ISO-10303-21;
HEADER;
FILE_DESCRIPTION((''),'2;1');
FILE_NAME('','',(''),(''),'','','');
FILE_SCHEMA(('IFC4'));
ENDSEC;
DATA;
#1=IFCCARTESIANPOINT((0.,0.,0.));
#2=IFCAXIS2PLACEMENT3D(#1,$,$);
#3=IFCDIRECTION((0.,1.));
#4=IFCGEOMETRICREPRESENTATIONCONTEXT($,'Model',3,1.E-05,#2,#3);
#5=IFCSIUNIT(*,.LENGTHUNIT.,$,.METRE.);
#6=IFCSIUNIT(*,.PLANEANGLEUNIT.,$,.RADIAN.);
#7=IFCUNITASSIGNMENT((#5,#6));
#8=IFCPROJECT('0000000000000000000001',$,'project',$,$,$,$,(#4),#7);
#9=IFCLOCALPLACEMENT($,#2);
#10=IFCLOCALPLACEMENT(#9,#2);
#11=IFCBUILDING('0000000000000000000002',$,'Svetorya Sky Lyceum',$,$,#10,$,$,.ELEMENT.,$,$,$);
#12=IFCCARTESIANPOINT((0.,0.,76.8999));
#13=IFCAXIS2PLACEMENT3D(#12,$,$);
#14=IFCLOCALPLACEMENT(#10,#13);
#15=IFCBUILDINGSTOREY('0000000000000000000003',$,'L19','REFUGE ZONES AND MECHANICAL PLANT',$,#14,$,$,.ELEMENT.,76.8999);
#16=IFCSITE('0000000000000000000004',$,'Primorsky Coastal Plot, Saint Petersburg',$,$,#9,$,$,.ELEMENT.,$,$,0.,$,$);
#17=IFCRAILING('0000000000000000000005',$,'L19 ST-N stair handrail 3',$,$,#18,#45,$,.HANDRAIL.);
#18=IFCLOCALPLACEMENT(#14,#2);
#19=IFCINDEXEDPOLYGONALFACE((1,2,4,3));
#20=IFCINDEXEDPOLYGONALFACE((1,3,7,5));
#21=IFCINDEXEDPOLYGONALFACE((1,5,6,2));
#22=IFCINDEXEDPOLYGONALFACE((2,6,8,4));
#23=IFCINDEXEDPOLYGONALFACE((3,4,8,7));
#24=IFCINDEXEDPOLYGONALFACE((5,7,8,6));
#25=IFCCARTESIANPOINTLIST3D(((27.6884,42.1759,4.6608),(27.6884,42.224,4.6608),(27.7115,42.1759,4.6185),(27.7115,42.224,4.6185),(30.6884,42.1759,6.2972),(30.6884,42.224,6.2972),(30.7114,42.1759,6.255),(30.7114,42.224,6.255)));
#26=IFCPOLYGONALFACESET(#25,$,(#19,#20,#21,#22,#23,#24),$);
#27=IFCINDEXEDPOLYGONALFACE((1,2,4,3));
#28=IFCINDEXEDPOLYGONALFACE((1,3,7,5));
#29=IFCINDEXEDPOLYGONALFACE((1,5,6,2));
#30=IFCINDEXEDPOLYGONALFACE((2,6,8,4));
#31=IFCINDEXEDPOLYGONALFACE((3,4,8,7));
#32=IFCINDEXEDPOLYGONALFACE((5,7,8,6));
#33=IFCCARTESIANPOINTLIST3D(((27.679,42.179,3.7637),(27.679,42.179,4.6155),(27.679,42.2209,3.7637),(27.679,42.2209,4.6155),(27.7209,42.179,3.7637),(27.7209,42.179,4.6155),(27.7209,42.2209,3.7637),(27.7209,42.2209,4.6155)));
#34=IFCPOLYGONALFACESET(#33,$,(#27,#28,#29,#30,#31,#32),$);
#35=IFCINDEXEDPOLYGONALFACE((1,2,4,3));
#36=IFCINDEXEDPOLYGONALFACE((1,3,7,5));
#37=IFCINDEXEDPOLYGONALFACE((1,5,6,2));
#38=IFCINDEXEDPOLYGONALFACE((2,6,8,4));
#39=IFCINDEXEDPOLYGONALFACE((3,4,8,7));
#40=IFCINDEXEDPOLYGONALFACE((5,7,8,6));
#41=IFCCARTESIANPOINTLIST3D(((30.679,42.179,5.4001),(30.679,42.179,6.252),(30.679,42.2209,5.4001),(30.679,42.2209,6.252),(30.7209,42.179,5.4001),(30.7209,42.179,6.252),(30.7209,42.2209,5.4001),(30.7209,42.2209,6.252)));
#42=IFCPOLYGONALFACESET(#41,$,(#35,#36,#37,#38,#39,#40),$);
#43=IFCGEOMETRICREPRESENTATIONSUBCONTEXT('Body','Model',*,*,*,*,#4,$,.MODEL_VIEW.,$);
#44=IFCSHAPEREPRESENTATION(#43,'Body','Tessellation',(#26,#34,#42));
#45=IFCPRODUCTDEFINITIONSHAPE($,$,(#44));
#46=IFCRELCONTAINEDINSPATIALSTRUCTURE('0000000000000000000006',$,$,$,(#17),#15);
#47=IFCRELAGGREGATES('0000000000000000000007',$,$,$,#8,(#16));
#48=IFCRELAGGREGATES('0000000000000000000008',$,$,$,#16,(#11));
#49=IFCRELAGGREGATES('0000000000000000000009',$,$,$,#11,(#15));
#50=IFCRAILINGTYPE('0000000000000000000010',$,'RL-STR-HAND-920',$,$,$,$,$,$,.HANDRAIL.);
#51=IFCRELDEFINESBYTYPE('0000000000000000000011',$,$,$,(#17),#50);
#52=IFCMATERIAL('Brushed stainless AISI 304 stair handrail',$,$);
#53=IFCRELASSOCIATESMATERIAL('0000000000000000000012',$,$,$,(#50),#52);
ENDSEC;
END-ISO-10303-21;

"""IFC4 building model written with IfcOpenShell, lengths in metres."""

from ifc_helpers import new_model, si_unit, direction, frame, origin, origin_2d, place, context, subcontext, project, spatial, rectangle, extrude, material, type_object, element, save


model = new_model("IFC4")

# Units and contexts
model_context = context("Model", 3, precision=1e-05, world=origin(), true_north=direction((0.0, 1.0)))
body_context = subcontext(model_context, "Body", "Model", "MODEL_VIEW")
ifc_project = project(units=[si_unit("LENGTHUNIT", "METRE"), si_unit("PLANEANGLEUNIT", "RADIAN")], contexts=[model_context])

# Site, building, storey
site_placement = place(None, origin())
site = spatial("IfcSite", under=ifc_project, at=site_placement, Name="Primorsky Coastal Plot, Saint Petersburg", CompositionType="ELEMENT", RefElevation=0.0)
building_placement = place(site_placement, origin())
building = spatial("IfcBuilding", under=site, at=building_placement, Name="Svetorya Sky Lyceum", CompositionType="ELEMENT")
storey_placement = place(building_placement, frame((0.0, 0.0, 76.8999)))
storey = spatial("IfcBuildingStorey", under=building, at=storey_placement, Name="L19", Description="REFUGE ZONES AND MECHANICAL PLANT", CompositionType="ELEMENT", Elevation=76.8999)

# Railing
ifc_material_1 = material(Name="Brushed stainless AISI 304 stair handrail")
railing_type = type_object("IfcRailingType", Name="RL-STR-HAND-920", PredefinedType="HANDRAIL", material=ifc_material_1)
railing_1_placement = place(storey_placement, frame((27.7, 42.2, 3.7637)))
element("IfcRailing", 1, at=railing_1_placement, inside=storey, type_object=railing_type, Name="L19 ST-N stair handrail 3", PredefinedType="HANDRAIL", context=body_context, shape_type="SweptSolid", body=[
    extrude(rectangle(XDim=0.0481, YDim=0.0481, at=origin_2d()), frame((0.0, 0.0, 0.876), z_axis=(0.877882, 0.0, 0.478877), x_axis=(0.0, 1.0, 0.0)), (0.0, 0.0, 1.0), 3.4172),
    extrude(rectangle(XDim=0.042, YDim=0.042, at=origin_2d()), origin(), (0.0, 0.0, 1.0), 0.8518),
    extrude(rectangle(XDim=0.042, YDim=0.042, at=origin_2d()), frame((3.0, 0.0, 1.6365)), (0.0, 0.0, 1.0), 0.8518),
])

save(model, "model.ifc")
